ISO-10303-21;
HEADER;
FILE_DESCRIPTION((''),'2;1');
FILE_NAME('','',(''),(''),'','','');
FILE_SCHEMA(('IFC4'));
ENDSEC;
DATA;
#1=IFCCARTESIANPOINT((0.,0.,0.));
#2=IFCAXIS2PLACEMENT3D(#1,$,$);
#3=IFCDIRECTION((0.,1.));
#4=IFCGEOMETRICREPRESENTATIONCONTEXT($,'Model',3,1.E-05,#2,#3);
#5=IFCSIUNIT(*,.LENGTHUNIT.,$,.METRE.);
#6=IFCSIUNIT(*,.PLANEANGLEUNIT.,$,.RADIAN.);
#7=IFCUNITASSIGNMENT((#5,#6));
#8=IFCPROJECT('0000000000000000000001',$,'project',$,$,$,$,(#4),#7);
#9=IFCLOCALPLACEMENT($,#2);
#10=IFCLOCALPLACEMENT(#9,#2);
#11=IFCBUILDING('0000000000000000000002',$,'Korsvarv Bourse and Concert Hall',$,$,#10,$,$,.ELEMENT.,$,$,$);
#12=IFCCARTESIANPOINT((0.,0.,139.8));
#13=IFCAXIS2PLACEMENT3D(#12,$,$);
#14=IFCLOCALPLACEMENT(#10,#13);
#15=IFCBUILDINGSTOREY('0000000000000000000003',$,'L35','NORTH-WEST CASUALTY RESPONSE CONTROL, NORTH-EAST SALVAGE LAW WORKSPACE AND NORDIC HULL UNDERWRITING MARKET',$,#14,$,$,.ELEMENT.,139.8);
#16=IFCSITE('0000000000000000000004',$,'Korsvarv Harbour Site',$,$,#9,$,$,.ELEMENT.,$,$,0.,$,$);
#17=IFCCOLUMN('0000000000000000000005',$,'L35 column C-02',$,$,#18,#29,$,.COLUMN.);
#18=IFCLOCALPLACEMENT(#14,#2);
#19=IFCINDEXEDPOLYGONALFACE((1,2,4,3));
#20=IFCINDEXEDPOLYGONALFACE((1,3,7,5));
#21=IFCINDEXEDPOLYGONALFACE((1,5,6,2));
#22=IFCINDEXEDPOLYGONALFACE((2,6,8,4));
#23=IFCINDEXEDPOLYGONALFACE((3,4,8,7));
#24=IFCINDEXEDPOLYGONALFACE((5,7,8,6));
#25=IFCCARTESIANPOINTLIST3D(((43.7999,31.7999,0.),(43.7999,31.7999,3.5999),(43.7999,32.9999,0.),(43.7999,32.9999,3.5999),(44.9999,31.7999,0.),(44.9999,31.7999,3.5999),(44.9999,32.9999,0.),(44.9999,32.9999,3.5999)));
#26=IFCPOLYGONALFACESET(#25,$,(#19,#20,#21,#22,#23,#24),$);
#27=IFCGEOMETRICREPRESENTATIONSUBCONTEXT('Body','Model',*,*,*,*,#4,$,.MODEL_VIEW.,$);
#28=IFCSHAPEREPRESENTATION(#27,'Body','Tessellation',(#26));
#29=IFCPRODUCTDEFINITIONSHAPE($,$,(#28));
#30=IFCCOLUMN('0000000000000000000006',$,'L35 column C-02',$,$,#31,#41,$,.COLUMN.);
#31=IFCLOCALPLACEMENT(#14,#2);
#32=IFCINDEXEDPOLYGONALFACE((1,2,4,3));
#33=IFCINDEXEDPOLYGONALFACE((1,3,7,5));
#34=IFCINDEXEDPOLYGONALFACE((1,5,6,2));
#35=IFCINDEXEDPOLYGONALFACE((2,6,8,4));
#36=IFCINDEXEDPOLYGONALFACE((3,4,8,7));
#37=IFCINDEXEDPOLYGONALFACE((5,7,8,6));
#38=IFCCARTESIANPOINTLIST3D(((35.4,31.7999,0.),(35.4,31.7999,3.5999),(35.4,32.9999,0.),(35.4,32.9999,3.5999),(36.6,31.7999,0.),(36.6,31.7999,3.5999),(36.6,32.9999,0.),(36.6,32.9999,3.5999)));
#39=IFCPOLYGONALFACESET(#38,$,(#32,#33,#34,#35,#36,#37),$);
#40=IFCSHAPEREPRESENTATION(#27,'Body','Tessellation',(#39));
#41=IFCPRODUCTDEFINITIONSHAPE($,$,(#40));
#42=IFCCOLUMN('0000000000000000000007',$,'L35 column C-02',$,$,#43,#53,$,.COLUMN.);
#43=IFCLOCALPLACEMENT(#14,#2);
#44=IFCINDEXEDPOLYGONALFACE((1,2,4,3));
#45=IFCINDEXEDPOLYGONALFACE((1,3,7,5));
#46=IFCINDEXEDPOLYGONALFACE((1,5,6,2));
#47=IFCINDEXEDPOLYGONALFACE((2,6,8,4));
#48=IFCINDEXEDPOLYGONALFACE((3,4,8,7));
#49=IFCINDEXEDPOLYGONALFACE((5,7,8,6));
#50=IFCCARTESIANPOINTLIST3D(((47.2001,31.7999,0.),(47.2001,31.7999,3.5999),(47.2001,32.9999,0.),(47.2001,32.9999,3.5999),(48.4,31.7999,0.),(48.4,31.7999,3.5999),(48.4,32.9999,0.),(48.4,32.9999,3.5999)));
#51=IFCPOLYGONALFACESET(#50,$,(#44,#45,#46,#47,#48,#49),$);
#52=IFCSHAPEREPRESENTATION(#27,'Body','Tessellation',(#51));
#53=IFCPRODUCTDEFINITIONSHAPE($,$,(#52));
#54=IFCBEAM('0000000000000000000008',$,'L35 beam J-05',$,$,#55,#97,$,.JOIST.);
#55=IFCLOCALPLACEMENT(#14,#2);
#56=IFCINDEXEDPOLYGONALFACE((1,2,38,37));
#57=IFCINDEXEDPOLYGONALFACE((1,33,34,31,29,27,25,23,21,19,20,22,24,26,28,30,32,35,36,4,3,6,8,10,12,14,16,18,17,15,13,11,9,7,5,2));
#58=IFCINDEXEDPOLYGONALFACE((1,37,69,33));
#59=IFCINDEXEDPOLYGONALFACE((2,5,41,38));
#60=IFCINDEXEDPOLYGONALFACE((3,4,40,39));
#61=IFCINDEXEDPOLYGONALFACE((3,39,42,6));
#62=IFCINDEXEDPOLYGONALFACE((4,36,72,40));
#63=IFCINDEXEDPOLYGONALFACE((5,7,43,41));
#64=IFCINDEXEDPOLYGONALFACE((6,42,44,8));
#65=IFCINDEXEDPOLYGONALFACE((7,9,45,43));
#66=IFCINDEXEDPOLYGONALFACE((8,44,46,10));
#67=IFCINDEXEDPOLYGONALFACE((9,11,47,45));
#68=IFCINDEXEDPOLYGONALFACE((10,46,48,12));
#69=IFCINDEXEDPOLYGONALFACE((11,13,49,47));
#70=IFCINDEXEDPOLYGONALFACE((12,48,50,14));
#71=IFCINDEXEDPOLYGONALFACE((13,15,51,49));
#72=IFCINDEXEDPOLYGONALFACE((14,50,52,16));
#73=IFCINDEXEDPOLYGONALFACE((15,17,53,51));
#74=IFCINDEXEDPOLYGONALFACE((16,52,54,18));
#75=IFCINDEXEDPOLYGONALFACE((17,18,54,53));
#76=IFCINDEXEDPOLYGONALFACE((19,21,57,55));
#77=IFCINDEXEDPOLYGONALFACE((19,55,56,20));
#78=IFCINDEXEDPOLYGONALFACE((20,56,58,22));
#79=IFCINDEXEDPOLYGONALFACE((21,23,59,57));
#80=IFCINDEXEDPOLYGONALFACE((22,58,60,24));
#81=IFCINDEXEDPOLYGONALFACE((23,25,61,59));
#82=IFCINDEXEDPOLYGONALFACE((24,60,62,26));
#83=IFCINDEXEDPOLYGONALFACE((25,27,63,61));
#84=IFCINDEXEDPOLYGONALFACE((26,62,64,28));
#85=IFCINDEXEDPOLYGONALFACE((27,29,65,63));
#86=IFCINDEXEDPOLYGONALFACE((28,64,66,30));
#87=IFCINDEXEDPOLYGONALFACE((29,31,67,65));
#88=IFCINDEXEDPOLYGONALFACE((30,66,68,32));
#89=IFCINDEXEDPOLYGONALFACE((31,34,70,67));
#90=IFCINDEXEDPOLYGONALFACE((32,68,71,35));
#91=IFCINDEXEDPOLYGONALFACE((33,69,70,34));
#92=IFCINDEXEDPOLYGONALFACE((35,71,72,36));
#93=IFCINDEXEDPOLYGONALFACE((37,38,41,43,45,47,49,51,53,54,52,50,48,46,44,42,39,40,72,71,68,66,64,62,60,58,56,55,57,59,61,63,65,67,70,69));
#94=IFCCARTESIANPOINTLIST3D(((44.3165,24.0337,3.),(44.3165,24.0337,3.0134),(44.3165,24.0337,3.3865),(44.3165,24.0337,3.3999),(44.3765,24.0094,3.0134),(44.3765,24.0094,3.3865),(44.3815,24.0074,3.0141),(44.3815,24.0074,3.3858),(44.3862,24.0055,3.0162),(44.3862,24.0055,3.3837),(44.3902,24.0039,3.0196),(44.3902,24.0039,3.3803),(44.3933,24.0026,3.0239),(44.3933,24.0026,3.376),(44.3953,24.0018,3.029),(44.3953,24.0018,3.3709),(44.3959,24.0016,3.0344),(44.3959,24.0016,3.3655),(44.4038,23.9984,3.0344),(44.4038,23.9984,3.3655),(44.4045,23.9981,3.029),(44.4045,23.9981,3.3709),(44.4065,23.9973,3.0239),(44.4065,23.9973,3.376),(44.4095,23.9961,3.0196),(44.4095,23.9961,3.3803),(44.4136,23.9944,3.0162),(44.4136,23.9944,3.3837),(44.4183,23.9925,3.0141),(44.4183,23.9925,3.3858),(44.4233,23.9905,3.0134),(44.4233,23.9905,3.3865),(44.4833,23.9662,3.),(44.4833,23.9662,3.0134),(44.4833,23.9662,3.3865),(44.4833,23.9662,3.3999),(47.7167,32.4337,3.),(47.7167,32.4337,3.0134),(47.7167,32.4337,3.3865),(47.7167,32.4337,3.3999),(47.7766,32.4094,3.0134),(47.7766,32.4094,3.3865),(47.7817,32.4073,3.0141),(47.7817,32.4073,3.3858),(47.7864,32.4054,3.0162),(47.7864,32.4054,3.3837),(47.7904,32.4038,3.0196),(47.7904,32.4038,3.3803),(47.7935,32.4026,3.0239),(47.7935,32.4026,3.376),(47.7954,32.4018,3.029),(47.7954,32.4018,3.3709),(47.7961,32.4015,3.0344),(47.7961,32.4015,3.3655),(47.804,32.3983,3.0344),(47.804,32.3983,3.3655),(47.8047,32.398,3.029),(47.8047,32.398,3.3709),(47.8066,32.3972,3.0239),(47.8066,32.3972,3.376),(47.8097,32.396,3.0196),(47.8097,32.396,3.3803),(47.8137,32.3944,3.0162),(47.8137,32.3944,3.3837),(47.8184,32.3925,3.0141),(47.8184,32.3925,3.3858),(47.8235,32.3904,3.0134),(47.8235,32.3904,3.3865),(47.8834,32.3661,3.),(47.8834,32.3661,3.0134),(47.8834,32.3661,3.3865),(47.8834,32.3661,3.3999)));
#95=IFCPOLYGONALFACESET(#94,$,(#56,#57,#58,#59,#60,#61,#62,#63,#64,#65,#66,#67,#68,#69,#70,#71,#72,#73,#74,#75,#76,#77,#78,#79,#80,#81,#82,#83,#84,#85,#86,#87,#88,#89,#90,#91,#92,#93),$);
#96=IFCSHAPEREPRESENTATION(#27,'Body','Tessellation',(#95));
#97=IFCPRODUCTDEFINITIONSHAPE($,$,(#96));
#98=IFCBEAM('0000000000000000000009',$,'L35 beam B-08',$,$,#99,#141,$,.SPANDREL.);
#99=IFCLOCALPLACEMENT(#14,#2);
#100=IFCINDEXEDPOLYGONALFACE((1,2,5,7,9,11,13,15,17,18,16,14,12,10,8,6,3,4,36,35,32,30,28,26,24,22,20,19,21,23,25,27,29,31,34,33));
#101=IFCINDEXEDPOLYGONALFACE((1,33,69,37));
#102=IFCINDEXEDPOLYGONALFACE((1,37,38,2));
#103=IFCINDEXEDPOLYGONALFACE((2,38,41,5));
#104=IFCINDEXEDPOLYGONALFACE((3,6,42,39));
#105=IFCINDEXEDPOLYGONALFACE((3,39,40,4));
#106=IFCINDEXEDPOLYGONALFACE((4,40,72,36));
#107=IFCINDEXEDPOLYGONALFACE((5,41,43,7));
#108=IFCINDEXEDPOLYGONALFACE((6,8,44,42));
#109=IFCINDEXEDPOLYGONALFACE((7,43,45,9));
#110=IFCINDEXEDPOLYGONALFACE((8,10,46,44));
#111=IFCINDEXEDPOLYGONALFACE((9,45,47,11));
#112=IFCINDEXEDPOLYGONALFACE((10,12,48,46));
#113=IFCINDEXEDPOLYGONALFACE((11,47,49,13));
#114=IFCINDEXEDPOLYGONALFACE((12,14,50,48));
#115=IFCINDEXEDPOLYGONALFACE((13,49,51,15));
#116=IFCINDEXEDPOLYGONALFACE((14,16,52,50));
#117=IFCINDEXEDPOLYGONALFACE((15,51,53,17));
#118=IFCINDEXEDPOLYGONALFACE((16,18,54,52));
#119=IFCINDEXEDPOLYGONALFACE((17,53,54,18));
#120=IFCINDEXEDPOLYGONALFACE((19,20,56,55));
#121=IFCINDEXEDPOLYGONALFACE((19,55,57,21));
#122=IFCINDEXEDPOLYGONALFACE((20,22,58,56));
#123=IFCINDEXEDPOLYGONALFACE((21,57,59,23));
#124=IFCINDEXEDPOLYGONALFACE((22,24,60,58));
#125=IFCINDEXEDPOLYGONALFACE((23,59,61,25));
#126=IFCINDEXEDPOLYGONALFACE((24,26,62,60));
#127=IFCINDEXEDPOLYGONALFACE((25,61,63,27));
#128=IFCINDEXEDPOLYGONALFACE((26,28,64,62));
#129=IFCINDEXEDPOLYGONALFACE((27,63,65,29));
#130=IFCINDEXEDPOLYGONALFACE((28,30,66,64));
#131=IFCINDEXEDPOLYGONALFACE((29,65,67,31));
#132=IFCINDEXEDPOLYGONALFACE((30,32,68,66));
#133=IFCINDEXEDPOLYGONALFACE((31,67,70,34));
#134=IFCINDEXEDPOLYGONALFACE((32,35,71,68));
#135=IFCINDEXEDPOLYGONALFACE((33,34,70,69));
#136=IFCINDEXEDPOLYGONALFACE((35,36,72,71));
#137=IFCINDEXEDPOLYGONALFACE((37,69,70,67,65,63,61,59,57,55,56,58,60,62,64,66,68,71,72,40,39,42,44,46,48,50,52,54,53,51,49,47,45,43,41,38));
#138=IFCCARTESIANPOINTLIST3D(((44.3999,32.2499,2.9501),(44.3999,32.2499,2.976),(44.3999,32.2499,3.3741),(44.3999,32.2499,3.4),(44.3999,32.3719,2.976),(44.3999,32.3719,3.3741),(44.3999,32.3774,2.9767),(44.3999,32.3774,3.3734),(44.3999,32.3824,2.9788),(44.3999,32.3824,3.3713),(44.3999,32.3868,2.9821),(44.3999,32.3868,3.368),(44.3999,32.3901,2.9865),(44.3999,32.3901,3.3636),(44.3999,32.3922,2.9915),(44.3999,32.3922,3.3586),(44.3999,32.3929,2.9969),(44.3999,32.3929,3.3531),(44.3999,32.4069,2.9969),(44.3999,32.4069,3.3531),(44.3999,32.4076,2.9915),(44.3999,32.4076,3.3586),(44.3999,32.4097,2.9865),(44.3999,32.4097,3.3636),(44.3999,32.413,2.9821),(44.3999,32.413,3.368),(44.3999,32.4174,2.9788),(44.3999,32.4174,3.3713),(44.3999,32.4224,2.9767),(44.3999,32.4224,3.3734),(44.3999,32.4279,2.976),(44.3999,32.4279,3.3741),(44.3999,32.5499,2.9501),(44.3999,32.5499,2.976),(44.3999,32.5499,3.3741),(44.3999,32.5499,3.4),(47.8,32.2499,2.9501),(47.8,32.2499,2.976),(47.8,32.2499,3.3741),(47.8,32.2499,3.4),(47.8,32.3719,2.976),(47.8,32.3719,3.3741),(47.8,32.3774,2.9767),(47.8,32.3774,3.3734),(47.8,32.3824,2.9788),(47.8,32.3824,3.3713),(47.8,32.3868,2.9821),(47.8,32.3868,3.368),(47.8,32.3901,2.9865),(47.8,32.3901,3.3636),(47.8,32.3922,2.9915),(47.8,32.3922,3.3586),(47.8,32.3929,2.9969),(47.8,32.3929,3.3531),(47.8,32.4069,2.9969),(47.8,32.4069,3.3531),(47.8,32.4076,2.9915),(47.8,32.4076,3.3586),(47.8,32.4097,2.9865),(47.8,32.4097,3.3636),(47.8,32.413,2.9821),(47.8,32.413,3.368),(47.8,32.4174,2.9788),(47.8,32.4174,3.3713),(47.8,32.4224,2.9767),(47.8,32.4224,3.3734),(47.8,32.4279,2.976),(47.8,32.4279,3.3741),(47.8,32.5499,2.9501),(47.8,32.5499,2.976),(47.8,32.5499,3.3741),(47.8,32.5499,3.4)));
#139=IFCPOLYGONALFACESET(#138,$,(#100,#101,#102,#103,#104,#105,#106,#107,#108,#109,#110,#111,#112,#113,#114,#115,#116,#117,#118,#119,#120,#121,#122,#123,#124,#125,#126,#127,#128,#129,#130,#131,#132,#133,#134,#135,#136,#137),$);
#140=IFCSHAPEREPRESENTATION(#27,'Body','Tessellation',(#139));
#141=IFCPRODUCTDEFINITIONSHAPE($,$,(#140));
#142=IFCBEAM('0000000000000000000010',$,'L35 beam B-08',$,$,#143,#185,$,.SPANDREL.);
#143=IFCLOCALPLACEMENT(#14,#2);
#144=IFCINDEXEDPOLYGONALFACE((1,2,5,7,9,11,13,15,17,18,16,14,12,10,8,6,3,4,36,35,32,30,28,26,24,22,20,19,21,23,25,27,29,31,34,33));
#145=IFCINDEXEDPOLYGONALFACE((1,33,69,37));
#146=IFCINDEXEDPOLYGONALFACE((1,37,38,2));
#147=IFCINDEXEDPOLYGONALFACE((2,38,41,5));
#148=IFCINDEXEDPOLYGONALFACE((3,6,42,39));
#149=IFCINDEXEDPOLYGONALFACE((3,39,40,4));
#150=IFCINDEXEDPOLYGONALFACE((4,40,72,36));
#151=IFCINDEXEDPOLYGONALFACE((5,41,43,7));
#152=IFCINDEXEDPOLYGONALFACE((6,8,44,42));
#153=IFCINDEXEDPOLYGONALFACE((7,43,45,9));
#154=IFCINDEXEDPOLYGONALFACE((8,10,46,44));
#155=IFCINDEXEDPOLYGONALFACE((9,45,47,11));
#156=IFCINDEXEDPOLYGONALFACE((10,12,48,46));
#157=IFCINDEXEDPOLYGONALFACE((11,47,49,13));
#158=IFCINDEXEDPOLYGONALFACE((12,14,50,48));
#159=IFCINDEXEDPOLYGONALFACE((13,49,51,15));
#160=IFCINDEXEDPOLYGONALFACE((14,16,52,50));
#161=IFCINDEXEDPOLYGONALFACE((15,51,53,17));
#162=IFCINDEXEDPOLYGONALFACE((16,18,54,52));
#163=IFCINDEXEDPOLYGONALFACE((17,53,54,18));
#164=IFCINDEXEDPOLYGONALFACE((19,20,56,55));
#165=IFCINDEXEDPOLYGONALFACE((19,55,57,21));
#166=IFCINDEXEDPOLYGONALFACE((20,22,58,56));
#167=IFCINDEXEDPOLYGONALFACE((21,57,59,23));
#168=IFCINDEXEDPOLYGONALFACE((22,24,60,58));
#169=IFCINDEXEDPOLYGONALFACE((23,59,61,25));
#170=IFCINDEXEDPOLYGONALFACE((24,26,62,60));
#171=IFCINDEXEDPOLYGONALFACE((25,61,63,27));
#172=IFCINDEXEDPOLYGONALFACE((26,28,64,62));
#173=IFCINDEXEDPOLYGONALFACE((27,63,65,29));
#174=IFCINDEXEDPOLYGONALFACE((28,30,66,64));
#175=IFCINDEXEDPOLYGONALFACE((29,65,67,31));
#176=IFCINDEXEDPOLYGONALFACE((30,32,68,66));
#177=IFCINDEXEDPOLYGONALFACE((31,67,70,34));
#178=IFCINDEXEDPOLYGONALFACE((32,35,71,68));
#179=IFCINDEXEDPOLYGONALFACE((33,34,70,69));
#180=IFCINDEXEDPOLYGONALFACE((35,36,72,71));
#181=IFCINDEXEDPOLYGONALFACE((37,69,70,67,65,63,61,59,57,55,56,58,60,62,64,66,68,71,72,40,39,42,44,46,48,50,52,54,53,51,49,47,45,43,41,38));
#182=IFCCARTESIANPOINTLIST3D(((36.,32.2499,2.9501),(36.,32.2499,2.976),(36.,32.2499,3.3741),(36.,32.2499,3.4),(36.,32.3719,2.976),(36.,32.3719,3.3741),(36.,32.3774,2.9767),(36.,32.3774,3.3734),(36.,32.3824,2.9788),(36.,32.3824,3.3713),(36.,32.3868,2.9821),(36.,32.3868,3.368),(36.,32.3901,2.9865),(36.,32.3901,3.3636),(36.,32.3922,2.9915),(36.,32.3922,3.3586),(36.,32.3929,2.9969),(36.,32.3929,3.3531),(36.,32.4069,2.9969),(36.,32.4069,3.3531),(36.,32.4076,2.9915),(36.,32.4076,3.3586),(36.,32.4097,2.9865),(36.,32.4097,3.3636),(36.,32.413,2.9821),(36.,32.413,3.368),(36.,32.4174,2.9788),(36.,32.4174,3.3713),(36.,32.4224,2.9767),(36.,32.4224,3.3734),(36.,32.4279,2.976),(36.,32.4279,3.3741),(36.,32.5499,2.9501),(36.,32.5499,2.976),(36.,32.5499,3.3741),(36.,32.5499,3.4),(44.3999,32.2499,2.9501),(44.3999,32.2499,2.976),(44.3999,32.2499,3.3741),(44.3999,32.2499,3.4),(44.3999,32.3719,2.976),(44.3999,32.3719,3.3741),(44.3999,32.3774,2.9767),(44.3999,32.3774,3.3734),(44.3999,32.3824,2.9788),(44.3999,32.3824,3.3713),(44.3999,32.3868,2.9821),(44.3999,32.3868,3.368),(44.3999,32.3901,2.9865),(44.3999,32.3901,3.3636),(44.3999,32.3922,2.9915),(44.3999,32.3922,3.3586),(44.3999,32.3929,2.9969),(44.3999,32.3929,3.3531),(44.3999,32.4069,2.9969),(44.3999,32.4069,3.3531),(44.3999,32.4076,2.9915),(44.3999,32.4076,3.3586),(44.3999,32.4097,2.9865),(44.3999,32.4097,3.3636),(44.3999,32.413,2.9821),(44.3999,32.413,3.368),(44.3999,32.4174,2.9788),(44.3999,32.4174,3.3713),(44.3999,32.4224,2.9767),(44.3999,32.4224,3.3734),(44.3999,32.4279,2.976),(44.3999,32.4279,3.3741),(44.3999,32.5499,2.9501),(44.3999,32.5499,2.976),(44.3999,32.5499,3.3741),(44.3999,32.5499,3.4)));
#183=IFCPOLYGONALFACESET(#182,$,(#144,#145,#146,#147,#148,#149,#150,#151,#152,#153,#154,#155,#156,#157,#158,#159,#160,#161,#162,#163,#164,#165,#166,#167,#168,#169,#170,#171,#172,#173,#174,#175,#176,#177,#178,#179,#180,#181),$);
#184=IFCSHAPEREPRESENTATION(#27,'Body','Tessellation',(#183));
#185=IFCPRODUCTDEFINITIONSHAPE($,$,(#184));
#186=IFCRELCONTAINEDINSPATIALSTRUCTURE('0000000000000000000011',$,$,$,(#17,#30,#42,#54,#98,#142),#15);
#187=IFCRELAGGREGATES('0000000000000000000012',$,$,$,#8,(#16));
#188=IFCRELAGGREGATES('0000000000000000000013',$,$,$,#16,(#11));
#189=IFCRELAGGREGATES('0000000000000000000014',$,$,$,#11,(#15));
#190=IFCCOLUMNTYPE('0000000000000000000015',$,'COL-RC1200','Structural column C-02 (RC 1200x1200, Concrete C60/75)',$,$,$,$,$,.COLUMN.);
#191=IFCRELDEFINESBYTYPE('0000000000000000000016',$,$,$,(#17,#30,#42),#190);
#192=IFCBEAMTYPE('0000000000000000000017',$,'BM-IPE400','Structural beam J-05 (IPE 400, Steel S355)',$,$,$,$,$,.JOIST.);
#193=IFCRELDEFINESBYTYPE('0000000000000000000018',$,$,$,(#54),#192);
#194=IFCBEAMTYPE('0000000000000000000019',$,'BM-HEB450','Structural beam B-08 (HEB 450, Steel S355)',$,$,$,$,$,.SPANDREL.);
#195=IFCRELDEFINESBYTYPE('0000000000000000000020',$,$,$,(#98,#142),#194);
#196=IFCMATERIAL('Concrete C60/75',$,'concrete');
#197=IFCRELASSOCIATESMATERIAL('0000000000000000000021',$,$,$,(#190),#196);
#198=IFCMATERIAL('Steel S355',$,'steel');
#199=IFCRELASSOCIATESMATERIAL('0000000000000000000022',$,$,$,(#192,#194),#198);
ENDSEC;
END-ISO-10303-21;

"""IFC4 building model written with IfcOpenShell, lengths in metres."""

from ifc_helpers import new_model, si_unit, direction, frame, origin, origin_2d, place, context, subcontext, project, spatial, rectangle, i_section, extrude, source, transform, mapped, material, material_profile, profile_set, type_object, element, save


model = new_model("IFC4")

# Units and contexts
model_context = context("Model", 3, precision=1e-05, world=origin(), true_north=direction((0.0, 1.0)))
body_context = subcontext(model_context, "Body", "Model", "MODEL_VIEW")
ifc_project = project(units=[si_unit("LENGTHUNIT", "METRE"), si_unit("PLANEANGLEUNIT", "RADIAN")], contexts=[model_context])

# Site, building, storey
site_placement = place(None, origin())
site = spatial("IfcSite", under=ifc_project, at=site_placement, Name="Korsvarv Harbour Site", CompositionType="ELEMENT", RefElevation=0.0)
building_placement = place(site_placement, origin())
building = spatial("IfcBuilding", under=site, at=building_placement, Name="Korsvarv Bourse and Concert Hall", CompositionType="ELEMENT")
storey_placement = place(building_placement, frame((0.0, 0.0, 139.8)))
storey = spatial("IfcBuildingStorey", under=building, at=storey_placement, Name="L35", Description="NORTH-WEST CASUALTY RESPONSE CONTROL, NORTH-EAST SALVAGE LAW WORKSPACE AND NORDIC HULL UNDERWRITING MARKET", CompositionType="ELEMENT", Elevation=139.8)

# Columns
ifc_material_1 = material(Name="Concrete C60/75", Category="concrete")
ifc_material_profile_1 = material_profile(ifc_material_1, rectangle(XDim=1.2, YDim=1.2, at=origin_2d()), Name="RC 1200x1200")
ifc_profile_set_1 = profile_set([ifc_material_profile_1], Name="Concrete C60/75")
column_type = type_object("IfcColumnType", Name="COL-RC1200", Description="Structural column C-02 (RC 1200x1200, Concrete C60/75)", PredefinedType="COLUMN", material=ifc_profile_set_1)
shared_shape_1 = source(origin(), body_context, "Body", "SweptSolid", [
    extrude(rectangle(XDim=1.2, YDim=1.2, at=origin_2d()), origin(), (0.0, 0.0, 1.0), 3.5999),
])
for number, where, z_axis, x_axis, name in (
    (1, (44.3999, 32.3999, 0.0), (0.0, 0.0, 1.0), (1.0, 0.0, 0.0), "L35 column C-02"),
    (2, (36.0, 32.3999, 0.0), (0.0, 0.0, 1.0), (1.0, 0.0, 0.0), "L35 column C-02"),
    (3, (47.8, 32.3999, 0.0), (0.0, 0.0, 1.0), (1.0, 0.0, 0.0), "L35 column C-02"),
):
    element("IfcColumn", number, at=place(storey_placement, frame(where, z_axis=z_axis, x_axis=x_axis)), inside=storey, type_object=column_type, Name=name, PredefinedType="COLUMN", context=body_context, shape_type="MappedRepresentation", body=[
        mapped(shared_shape_1, transform((0.0, 0.0, 0.0), scale=1.0)),
    ])

# Beams
ifc_material_2 = material(Name="Steel S355", Category="steel")
ifc_material_profile_2 = material_profile(ifc_material_2, i_section(OverallWidth=0.1799, OverallDepth=0.3999, WebThickness=0.0085, FlangeThickness=0.0134, FilletRadius=0.021, at=origin_2d()), Name="IPE 400")
ifc_profile_set_2 = profile_set([ifc_material_profile_2], Name="Steel S355")
beam_type_1 = type_object("IfcBeamType", Name="BM-IPE400", Description="Structural beam J-05 (IPE 400, Steel S355)", PredefinedType="JOIST", material=ifc_profile_set_2)
shared_shape_2 = source(origin(), body_context, "Body", "SweptSolid", [
    extrude(i_section(OverallWidth=0.1799, OverallDepth=0.3999, WebThickness=0.0085, FlangeThickness=0.0134, FilletRadius=0.021, at=origin_2d()), origin(), (0.0, 0.0, 1.0), 9.062),
])
beam_1_placement = place(storey_placement, frame((47.8, 32.3999, 3.2), z_axis=(-0.37521, -0.92694, 0.0), x_axis=(0.92694, -0.37521, 0.0)))
element("IfcBeam", 4, at=beam_1_placement, inside=storey, type_object=beam_type_1, Name="L35 beam J-05", PredefinedType="JOIST", context=body_context, shape_type="MappedRepresentation", body=[
    mapped(shared_shape_2, transform((0.0, 0.0, 0.0), scale=1.0)),
])
ifc_material_profile_3 = material_profile(ifc_material_2, i_section(OverallWidth=0.3, OverallDepth=0.45, WebThickness=0.0139, FlangeThickness=0.0259, FilletRadius=0.021, at=origin_2d()), Name="HEB 450")
ifc_profile_set_3 = profile_set([ifc_material_profile_3], Name="Steel S355")
beam_type_2 = type_object("IfcBeamType", Name="BM-HEB450", Description="Structural beam B-08 (HEB 450, Steel S355)", PredefinedType="SPANDREL", material=ifc_profile_set_3)
shared_shape_3 = source(origin(), body_context, "Body", "SweptSolid", [
    extrude(i_section(OverallWidth=0.3, OverallDepth=0.45, WebThickness=0.0139, FlangeThickness=0.0259, FilletRadius=0.021, at=origin_2d()), origin(), (0.0, 0.0, 1.0), 3.4001),
])
beam_2_placement = place(storey_placement, frame((44.3999, 32.3999, 3.175), z_axis=(1.0, 0.0, 0.0), x_axis=(0.0, 1.0, 0.0)))
element("IfcBeam", 5, at=beam_2_placement, inside=storey, type_object=beam_type_2, Name="L35 beam B-08", PredefinedType="SPANDREL", context=body_context, shape_type="MappedRepresentation", body=[
    mapped(shared_shape_3, transform((0.0, 0.0, 0.0), scale=1.0)),
])
shared_shape_4 = source(origin(), body_context, "Body", "SweptSolid", [
    extrude(i_section(OverallWidth=0.3, OverallDepth=0.45, WebThickness=0.0139, FlangeThickness=0.0259, FilletRadius=0.021, at=origin_2d()), origin(), (0.0, 0.0, 1.0), 8.3999),
])
beam_3_placement = place(storey_placement, frame((36.0, 32.3999, 3.175), z_axis=(1.0, 0.0, 0.0), x_axis=(0.0, 1.0, 0.0)))
element("IfcBeam", 6, at=beam_3_placement, inside=storey, type_object=beam_type_2, Name="L35 beam B-08", PredefinedType="SPANDREL", context=body_context, shape_type="MappedRepresentation", body=[
    mapped(shared_shape_4, transform((0.0, 0.0, 0.0), scale=1.0)),
])

save(model, "model.ifc")
